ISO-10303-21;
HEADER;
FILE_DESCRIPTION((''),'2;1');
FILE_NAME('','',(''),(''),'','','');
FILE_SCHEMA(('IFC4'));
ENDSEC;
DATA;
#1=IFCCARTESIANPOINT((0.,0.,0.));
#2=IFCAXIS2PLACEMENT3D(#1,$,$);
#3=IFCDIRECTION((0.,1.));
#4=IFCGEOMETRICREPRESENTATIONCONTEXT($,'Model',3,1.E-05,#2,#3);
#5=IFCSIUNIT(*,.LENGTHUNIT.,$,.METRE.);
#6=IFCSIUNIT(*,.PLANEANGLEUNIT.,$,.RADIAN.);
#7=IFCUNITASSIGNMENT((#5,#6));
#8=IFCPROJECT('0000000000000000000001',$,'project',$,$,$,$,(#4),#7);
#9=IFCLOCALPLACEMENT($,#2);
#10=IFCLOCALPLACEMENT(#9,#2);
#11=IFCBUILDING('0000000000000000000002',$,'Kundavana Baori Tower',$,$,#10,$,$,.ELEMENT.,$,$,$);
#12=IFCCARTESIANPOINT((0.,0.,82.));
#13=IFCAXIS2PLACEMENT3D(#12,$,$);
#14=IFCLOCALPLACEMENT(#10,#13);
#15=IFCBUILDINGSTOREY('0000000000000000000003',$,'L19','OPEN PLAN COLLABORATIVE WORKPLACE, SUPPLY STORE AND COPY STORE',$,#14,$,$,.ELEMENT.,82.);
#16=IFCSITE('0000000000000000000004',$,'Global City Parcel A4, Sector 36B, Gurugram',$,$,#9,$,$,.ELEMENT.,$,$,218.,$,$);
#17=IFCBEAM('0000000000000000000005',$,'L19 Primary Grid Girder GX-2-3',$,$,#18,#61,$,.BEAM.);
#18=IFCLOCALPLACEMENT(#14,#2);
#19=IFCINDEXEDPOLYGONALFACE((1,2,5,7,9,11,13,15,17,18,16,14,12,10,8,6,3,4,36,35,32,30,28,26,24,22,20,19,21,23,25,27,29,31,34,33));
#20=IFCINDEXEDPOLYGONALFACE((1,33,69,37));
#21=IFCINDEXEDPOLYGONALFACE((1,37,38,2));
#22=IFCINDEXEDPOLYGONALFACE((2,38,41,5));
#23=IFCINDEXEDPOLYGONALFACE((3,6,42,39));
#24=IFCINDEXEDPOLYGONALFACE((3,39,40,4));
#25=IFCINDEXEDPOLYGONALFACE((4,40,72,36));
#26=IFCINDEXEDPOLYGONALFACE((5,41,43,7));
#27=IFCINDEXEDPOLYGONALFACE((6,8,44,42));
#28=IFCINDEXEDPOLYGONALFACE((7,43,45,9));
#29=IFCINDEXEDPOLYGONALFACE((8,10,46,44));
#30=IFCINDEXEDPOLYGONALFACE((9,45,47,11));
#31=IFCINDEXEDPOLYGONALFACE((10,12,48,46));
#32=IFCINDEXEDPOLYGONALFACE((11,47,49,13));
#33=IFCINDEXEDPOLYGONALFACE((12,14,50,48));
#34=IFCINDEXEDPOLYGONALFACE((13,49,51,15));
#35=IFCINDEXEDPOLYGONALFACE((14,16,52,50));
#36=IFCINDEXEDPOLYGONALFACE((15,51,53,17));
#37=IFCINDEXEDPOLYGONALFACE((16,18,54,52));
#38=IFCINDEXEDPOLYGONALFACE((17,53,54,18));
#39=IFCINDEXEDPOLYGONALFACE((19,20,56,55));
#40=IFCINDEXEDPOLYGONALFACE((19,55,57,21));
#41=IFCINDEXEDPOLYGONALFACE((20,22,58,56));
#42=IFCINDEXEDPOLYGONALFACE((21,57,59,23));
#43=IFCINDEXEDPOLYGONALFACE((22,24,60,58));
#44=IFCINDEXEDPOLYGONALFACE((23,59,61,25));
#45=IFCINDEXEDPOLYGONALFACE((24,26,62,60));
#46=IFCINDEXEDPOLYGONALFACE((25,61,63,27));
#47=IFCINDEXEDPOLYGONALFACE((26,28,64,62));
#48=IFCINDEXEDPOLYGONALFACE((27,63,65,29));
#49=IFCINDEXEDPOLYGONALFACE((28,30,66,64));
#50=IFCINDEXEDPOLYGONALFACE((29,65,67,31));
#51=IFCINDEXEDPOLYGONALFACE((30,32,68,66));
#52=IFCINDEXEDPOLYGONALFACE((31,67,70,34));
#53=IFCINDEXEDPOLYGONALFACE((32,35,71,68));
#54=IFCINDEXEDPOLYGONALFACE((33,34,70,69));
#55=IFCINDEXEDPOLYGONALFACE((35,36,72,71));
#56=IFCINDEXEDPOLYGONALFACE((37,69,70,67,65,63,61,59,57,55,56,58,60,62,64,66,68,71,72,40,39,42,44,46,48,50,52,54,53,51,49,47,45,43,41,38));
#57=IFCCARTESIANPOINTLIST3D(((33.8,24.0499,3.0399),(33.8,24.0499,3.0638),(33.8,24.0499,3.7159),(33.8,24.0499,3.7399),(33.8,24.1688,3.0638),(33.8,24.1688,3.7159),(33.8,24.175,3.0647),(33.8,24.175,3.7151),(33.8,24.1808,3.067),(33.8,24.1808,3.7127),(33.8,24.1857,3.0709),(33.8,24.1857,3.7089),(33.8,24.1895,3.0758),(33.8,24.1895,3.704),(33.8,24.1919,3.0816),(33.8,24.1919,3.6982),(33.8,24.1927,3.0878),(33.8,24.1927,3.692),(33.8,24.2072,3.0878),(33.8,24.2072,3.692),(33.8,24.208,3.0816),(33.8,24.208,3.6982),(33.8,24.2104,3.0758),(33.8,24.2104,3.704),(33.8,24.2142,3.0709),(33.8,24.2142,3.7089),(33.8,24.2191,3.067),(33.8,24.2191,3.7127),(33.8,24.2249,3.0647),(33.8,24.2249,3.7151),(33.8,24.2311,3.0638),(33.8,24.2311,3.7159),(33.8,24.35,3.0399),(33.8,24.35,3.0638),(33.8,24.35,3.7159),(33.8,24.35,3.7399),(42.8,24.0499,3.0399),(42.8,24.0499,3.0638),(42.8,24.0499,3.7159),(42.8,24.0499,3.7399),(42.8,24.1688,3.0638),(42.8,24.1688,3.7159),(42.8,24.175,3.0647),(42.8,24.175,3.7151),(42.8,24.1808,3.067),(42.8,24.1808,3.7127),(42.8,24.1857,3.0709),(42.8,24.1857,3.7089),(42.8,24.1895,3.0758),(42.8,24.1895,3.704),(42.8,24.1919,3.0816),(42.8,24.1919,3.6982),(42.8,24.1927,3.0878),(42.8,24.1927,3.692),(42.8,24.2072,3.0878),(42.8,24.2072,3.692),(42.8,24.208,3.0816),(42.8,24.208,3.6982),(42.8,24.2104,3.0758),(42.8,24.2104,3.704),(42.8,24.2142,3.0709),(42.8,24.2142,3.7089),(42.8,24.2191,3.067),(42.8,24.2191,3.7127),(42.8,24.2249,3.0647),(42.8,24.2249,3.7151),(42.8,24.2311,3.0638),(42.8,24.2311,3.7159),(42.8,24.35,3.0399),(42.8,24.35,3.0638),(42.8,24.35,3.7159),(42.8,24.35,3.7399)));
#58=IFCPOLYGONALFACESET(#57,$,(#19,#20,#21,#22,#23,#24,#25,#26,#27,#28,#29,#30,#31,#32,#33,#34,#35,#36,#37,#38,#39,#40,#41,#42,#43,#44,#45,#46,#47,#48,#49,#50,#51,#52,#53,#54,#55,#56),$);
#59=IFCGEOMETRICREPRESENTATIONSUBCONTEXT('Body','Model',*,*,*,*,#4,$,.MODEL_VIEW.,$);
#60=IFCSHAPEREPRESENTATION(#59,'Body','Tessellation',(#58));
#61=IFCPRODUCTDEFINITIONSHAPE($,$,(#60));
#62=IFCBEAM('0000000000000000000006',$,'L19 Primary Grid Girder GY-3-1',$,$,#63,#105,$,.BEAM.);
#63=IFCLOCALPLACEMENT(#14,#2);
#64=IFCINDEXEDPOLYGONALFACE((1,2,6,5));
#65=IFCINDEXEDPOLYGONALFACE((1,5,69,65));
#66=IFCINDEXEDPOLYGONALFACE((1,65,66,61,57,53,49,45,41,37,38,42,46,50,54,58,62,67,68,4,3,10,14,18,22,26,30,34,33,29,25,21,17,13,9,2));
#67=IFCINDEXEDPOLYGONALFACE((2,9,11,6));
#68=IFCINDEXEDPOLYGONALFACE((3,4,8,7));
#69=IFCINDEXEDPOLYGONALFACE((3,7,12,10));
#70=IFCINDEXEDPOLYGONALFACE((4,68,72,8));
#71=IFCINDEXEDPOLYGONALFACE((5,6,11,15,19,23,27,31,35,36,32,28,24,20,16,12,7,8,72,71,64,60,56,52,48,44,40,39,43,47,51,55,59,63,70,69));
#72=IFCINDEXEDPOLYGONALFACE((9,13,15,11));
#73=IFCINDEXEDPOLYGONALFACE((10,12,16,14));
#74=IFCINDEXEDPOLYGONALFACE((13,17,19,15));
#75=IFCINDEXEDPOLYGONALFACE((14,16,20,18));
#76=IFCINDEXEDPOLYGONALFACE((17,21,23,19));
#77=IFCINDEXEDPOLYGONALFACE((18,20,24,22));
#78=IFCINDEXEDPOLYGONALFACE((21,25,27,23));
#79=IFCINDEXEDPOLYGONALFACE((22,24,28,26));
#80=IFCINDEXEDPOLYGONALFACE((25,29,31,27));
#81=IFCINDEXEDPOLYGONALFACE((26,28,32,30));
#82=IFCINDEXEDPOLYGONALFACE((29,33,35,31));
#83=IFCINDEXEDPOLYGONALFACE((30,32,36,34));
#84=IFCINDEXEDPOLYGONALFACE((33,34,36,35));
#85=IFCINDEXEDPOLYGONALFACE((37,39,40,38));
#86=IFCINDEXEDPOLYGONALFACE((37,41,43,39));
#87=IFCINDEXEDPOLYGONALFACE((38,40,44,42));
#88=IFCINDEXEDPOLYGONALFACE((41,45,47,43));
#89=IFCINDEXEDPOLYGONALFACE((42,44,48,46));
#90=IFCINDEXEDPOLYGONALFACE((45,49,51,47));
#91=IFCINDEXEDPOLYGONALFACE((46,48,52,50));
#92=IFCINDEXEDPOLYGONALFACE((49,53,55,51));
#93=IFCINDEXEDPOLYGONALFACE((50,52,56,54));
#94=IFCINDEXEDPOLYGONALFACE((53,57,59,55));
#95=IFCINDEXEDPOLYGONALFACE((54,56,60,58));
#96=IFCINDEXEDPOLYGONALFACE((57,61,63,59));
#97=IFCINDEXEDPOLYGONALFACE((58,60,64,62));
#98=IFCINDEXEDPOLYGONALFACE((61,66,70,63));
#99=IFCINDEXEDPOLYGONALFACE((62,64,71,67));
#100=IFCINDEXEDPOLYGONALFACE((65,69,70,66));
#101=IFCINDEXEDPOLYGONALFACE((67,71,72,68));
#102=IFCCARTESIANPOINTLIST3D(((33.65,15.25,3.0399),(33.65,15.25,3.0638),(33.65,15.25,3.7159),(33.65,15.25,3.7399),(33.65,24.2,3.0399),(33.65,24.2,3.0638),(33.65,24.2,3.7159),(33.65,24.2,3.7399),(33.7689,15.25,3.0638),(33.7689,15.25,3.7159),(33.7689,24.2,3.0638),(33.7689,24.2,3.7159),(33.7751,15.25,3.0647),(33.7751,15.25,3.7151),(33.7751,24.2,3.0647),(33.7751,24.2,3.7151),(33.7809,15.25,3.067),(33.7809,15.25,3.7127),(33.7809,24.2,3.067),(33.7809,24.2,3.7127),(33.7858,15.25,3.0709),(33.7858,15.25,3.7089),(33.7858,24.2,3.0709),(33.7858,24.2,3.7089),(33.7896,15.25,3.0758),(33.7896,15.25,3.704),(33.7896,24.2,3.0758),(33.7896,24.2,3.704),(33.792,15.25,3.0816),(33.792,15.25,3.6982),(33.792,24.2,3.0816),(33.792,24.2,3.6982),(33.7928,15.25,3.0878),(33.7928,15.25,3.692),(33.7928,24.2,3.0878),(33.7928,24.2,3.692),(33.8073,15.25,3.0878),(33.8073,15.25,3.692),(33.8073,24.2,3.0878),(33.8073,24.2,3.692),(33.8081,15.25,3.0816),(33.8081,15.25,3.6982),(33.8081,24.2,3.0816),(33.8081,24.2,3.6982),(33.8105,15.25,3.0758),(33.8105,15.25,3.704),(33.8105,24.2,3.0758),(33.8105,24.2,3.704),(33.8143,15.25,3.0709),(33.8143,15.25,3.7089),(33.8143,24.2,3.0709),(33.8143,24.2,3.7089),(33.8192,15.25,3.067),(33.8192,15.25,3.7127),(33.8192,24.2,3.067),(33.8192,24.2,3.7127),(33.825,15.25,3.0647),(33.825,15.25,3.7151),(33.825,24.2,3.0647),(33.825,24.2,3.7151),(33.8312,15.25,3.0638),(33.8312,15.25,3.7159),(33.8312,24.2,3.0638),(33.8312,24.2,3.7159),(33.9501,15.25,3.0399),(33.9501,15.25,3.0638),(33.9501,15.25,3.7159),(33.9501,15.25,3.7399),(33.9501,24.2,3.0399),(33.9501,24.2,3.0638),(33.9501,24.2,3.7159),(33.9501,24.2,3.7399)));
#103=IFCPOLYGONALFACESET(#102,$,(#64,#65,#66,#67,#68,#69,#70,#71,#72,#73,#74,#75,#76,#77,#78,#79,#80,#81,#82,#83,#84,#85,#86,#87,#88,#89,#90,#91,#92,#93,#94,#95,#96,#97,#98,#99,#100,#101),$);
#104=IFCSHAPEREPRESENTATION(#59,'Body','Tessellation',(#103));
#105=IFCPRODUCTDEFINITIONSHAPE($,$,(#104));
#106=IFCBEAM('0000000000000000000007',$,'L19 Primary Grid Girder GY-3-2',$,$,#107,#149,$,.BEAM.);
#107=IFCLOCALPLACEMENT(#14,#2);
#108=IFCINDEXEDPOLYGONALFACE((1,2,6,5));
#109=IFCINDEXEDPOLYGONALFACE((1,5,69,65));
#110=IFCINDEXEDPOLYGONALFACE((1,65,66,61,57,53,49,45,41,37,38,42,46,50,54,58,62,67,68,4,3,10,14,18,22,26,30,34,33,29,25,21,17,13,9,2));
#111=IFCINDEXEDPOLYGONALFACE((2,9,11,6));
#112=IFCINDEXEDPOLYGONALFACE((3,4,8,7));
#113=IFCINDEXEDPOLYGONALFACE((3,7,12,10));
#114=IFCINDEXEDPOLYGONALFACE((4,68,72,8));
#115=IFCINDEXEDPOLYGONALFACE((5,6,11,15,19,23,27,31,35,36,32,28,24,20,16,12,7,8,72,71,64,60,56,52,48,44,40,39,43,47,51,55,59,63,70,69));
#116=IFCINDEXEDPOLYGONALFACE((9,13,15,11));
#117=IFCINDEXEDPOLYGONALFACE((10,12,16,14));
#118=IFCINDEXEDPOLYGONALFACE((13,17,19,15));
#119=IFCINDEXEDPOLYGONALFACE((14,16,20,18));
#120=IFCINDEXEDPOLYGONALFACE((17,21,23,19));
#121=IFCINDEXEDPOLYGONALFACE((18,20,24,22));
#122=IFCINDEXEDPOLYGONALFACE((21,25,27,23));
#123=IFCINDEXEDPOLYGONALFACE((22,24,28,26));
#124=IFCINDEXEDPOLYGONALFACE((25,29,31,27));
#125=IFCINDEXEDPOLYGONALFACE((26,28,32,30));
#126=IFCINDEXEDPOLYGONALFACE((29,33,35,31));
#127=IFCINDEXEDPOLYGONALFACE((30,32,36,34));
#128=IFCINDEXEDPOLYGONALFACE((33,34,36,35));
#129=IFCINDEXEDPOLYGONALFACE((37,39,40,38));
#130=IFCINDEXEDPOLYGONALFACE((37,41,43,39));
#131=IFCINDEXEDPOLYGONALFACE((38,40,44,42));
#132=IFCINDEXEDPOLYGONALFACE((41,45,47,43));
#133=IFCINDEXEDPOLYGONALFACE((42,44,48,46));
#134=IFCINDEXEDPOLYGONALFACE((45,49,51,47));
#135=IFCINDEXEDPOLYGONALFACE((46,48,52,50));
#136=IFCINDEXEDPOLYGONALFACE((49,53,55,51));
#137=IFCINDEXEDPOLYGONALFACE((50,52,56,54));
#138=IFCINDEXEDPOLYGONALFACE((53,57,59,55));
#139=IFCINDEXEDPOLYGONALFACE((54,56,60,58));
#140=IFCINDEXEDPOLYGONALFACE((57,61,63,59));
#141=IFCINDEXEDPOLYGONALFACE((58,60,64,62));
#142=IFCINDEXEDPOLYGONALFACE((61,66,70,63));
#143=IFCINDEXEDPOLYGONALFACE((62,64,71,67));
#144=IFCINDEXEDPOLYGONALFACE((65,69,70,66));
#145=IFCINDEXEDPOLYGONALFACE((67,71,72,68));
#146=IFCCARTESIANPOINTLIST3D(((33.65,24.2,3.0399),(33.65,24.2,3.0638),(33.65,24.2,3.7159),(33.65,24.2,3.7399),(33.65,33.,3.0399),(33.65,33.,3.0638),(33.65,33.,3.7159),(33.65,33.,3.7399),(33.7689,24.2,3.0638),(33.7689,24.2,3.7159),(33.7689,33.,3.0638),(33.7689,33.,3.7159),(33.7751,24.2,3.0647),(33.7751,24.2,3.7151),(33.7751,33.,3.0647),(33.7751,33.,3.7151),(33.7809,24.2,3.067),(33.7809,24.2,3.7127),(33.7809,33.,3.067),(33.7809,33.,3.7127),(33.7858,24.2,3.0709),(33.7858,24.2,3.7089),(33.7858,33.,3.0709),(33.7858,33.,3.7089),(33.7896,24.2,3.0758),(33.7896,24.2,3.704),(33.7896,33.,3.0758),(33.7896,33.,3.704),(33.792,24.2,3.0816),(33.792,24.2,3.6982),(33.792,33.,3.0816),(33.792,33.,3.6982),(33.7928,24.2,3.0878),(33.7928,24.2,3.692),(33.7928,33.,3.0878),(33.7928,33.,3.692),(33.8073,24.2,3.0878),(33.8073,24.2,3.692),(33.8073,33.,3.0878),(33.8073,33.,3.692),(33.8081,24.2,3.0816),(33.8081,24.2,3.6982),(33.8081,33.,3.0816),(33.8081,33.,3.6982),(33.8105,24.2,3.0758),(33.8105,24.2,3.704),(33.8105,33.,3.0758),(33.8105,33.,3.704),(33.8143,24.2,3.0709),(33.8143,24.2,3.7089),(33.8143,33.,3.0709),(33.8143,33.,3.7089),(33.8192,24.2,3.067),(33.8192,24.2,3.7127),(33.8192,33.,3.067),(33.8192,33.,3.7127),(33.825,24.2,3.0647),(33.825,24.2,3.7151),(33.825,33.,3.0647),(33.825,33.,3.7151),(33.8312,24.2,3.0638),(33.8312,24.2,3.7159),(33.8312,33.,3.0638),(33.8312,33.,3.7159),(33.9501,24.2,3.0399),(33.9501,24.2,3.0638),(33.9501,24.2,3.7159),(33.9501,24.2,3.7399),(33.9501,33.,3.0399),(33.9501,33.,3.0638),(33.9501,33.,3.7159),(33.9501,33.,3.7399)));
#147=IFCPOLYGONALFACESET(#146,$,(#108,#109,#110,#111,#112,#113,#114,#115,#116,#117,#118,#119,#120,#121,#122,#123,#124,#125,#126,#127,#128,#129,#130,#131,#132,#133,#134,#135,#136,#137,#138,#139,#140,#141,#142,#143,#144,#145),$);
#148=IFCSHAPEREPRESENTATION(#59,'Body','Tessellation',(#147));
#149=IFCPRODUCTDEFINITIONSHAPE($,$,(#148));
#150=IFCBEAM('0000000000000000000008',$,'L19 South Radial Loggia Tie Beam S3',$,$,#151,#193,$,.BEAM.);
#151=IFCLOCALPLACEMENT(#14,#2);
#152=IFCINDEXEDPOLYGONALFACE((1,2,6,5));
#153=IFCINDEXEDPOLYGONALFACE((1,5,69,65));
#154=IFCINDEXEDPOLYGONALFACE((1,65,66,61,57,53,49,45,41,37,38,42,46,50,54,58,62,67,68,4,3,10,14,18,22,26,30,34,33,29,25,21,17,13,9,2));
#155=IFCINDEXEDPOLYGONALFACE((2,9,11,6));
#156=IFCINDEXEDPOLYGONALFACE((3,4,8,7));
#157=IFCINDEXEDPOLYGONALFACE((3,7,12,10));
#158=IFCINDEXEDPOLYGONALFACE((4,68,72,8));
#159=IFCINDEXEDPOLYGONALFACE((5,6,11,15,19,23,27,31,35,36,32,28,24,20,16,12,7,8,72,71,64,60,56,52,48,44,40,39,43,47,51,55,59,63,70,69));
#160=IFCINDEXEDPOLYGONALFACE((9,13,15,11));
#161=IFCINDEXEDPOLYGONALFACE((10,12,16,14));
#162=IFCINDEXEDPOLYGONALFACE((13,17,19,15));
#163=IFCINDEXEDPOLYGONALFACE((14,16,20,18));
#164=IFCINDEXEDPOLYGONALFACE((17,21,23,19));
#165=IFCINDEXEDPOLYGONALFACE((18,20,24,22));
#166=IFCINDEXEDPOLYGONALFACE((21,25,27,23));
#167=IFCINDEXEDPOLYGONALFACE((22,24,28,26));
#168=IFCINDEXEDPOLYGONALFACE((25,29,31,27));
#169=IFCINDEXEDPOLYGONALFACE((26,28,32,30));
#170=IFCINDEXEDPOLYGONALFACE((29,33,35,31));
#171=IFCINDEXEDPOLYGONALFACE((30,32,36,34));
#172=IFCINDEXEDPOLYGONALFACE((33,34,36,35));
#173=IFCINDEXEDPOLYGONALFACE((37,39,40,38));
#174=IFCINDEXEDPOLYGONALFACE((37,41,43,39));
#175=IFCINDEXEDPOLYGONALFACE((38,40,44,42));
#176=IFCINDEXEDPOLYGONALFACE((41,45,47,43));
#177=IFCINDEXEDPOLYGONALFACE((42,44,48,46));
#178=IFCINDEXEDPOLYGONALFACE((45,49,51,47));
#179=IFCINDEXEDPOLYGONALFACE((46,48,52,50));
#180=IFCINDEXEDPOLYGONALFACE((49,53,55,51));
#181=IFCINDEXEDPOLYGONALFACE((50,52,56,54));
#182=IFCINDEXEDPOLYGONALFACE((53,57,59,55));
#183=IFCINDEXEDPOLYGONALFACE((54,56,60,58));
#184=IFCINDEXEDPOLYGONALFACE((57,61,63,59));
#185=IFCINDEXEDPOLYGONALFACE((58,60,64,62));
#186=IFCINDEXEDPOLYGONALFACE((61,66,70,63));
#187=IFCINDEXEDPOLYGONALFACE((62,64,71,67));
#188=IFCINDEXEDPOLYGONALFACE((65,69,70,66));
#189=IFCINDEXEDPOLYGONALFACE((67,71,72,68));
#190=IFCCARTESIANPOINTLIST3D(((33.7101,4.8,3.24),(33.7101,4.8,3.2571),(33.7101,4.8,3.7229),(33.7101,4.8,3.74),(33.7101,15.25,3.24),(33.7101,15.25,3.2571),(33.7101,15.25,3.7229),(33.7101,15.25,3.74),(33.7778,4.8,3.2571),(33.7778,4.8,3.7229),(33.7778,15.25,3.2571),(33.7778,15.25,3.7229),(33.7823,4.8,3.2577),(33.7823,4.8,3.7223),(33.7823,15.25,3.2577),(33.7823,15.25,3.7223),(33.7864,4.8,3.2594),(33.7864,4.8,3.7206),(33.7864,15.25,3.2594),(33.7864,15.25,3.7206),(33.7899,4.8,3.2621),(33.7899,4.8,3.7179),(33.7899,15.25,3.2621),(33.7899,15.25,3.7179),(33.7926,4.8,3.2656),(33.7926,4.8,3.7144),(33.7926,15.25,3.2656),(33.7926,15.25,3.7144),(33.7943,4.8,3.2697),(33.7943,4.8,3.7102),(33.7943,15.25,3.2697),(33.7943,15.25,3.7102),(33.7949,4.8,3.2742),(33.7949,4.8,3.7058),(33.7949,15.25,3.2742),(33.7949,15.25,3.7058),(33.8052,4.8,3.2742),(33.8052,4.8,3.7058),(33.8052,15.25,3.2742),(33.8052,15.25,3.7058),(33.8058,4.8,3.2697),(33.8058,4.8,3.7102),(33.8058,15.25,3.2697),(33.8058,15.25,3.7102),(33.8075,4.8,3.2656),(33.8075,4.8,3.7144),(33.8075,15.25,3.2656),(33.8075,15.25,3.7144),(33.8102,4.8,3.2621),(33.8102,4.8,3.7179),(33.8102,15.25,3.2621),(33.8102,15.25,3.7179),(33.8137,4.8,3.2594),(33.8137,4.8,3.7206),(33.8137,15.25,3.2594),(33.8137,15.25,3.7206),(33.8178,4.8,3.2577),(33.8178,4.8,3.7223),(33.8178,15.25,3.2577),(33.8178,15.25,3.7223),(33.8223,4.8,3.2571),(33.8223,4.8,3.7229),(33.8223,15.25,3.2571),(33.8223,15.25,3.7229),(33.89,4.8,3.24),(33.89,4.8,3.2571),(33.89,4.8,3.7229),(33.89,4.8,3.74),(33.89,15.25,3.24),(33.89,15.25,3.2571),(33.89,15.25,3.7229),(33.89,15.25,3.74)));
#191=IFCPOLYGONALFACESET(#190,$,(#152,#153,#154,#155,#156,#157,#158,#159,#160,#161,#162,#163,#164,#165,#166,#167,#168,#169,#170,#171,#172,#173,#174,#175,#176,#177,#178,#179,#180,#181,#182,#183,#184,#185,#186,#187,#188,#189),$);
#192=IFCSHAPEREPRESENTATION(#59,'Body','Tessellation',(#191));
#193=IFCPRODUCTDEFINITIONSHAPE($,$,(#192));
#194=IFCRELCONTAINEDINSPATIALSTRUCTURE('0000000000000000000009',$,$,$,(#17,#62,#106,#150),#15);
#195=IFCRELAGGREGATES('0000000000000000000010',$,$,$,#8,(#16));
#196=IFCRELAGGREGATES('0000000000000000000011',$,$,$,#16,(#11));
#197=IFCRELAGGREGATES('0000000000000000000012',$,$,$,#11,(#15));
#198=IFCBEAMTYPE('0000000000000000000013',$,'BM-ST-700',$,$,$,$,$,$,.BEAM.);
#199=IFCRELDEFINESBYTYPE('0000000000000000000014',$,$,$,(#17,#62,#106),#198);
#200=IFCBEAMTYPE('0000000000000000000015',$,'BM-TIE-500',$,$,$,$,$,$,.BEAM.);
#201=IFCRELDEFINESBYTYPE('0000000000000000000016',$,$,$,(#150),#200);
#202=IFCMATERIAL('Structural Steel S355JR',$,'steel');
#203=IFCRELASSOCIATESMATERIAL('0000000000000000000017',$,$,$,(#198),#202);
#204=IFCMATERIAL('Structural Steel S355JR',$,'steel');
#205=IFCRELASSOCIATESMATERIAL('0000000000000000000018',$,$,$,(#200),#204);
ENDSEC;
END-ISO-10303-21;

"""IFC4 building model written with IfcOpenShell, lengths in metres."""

from ifc_helpers import new_model, si_unit, direction, frame, origin, origin_2d, place, context, subcontext, project, spatial, i_section, extrude, material, material_profile, profile_set, type_object, element, save


model = new_model("IFC4")

# Units and contexts
model_context = context("Model", 3, precision=1e-05, world=origin(), true_north=direction((0.0, 1.0)))
body_context = subcontext(model_context, "Body", "Model", "MODEL_VIEW")
ifc_project = project(units=[si_unit("LENGTHUNIT", "METRE"), si_unit("PLANEANGLEUNIT", "RADIAN")], contexts=[model_context])

# Site, building, storey
site_placement = place(None, origin())
site = spatial("IfcSite", under=ifc_project, at=site_placement, Name="Global City Parcel A4, Sector 36B, Gurugram", CompositionType="ELEMENT", RefElevation=218.0)
building_placement = place(site_placement, origin())
building = spatial("IfcBuilding", under=site, at=building_placement, Name="Kundavana Baori Tower", CompositionType="ELEMENT")
storey_placement = place(building_placement, frame((0.0, 0.0, 82.0)))
storey = spatial("IfcBuildingStorey", under=building, at=storey_placement, Name="L19", Description="OPEN PLAN COLLABORATIVE WORKPLACE, SUPPLY STORE AND COPY STORE", CompositionType="ELEMENT", Elevation=82.0)

# Beams
ifc_material_1 = material(Name="Structural Steel S355JR", Category="steel")
ifc_material_profile_1 = material_profile(ifc_material_1, i_section(OverallWidth=0.3, OverallDepth=0.7, WebThickness=0.0144, FlangeThickness=0.0239, FilletRadius=0.0239, at=origin_2d()), Name="NPB 700x300x170")
ifc_profile_set_1 = profile_set([ifc_material_profile_1], Name="Structural Steel S355JR")
beam_type_1 = type_object("IfcBeamType", Name="BM-ST-700", PredefinedType="BEAM", material=ifc_profile_set_1)
beam_1_placement = place(storey_placement, frame((33.8, 24.2, 3.3899), z_axis=(1.0, 0.0, 0.0), x_axis=(0.0, 1.0, 0.0)))
element("IfcBeam", 1, at=beam_1_placement, inside=storey, type_object=beam_type_1, Name="L19 Primary Grid Girder GX-2-3", PredefinedType="BEAM", context=body_context, shape_type="SweptSolid", body=[
    extrude(i_section(OverallWidth=0.3, OverallDepth=0.7, WebThickness=0.0144, FlangeThickness=0.0239, FilletRadius=0.0239, at=origin_2d()), origin(), (0.0, 0.0, 1.0), 9.0),
])
beam_2_placement = place(storey_placement, frame((33.8, 15.25, 3.3899), z_axis=(0.0, 1.0, 0.0), x_axis=(-1.0, 0.0, 0.0)))
element("IfcBeam", 2, at=beam_2_placement, inside=storey, type_object=beam_type_1, Name="L19 Primary Grid Girder GY-3-1", PredefinedType="BEAM", context=body_context, shape_type="SweptSolid", body=[
    extrude(i_section(OverallWidth=0.3, OverallDepth=0.7, WebThickness=0.0144, FlangeThickness=0.0239, FilletRadius=0.0239, at=origin_2d()), origin(), (0.0, 0.0, 1.0), 8.95),
])
beam_3_placement = place(storey_placement, frame((33.8, 24.2, 3.3899), z_axis=(0.0, 1.0, 0.0), x_axis=(-1.0, 0.0, 0.0)))
element("IfcBeam", 3, at=beam_3_placement, inside=storey, type_object=beam_type_1, Name="L19 Primary Grid Girder GY-3-2", PredefinedType="BEAM", context=body_context, shape_type="SweptSolid", body=[
    extrude(i_section(OverallWidth=0.3, OverallDepth=0.7, WebThickness=0.0144, FlangeThickness=0.0239, FilletRadius=0.0239, at=origin_2d()), origin(), (0.0, 0.0, 1.0), 8.8),
])
ifc_material_2 = material(Name="Structural Steel S355JR", Category="steel")
ifc_material_profile_2 = material_profile(ifc_material_2, i_section(OverallWidth=0.1799, OverallDepth=0.5, WebThickness=0.0103, FlangeThickness=0.0171, FilletRadius=0.0171, at=origin_2d()), Name="ISMB 500")
ifc_profile_set_2 = profile_set([ifc_material_profile_2], Name="Structural Steel S355JR")
beam_type_2 = type_object("IfcBeamType", Name="BM-TIE-500", PredefinedType="BEAM", material=ifc_profile_set_2)
beam_4_placement = place(storey_placement, frame((33.8, 15.25, 3.49), z_axis=(0.0, -1.0, 0.0), x_axis=(1.0, 0.0, 0.0)))
element("IfcBeam", 4, at=beam_4_placement, inside=storey, type_object=beam_type_2, Name="L19 South Radial Loggia Tie Beam S3", PredefinedType="BEAM", context=body_context, shape_type="SweptSolid", body=[
    extrude(i_section(OverallWidth=0.1799, OverallDepth=0.5, WebThickness=0.0103, FlangeThickness=0.0171, FilletRadius=0.0171, at=origin_2d()), origin(), (0.0, 0.0, 1.0), 10.45),
])

save(model, "model.ifc")
